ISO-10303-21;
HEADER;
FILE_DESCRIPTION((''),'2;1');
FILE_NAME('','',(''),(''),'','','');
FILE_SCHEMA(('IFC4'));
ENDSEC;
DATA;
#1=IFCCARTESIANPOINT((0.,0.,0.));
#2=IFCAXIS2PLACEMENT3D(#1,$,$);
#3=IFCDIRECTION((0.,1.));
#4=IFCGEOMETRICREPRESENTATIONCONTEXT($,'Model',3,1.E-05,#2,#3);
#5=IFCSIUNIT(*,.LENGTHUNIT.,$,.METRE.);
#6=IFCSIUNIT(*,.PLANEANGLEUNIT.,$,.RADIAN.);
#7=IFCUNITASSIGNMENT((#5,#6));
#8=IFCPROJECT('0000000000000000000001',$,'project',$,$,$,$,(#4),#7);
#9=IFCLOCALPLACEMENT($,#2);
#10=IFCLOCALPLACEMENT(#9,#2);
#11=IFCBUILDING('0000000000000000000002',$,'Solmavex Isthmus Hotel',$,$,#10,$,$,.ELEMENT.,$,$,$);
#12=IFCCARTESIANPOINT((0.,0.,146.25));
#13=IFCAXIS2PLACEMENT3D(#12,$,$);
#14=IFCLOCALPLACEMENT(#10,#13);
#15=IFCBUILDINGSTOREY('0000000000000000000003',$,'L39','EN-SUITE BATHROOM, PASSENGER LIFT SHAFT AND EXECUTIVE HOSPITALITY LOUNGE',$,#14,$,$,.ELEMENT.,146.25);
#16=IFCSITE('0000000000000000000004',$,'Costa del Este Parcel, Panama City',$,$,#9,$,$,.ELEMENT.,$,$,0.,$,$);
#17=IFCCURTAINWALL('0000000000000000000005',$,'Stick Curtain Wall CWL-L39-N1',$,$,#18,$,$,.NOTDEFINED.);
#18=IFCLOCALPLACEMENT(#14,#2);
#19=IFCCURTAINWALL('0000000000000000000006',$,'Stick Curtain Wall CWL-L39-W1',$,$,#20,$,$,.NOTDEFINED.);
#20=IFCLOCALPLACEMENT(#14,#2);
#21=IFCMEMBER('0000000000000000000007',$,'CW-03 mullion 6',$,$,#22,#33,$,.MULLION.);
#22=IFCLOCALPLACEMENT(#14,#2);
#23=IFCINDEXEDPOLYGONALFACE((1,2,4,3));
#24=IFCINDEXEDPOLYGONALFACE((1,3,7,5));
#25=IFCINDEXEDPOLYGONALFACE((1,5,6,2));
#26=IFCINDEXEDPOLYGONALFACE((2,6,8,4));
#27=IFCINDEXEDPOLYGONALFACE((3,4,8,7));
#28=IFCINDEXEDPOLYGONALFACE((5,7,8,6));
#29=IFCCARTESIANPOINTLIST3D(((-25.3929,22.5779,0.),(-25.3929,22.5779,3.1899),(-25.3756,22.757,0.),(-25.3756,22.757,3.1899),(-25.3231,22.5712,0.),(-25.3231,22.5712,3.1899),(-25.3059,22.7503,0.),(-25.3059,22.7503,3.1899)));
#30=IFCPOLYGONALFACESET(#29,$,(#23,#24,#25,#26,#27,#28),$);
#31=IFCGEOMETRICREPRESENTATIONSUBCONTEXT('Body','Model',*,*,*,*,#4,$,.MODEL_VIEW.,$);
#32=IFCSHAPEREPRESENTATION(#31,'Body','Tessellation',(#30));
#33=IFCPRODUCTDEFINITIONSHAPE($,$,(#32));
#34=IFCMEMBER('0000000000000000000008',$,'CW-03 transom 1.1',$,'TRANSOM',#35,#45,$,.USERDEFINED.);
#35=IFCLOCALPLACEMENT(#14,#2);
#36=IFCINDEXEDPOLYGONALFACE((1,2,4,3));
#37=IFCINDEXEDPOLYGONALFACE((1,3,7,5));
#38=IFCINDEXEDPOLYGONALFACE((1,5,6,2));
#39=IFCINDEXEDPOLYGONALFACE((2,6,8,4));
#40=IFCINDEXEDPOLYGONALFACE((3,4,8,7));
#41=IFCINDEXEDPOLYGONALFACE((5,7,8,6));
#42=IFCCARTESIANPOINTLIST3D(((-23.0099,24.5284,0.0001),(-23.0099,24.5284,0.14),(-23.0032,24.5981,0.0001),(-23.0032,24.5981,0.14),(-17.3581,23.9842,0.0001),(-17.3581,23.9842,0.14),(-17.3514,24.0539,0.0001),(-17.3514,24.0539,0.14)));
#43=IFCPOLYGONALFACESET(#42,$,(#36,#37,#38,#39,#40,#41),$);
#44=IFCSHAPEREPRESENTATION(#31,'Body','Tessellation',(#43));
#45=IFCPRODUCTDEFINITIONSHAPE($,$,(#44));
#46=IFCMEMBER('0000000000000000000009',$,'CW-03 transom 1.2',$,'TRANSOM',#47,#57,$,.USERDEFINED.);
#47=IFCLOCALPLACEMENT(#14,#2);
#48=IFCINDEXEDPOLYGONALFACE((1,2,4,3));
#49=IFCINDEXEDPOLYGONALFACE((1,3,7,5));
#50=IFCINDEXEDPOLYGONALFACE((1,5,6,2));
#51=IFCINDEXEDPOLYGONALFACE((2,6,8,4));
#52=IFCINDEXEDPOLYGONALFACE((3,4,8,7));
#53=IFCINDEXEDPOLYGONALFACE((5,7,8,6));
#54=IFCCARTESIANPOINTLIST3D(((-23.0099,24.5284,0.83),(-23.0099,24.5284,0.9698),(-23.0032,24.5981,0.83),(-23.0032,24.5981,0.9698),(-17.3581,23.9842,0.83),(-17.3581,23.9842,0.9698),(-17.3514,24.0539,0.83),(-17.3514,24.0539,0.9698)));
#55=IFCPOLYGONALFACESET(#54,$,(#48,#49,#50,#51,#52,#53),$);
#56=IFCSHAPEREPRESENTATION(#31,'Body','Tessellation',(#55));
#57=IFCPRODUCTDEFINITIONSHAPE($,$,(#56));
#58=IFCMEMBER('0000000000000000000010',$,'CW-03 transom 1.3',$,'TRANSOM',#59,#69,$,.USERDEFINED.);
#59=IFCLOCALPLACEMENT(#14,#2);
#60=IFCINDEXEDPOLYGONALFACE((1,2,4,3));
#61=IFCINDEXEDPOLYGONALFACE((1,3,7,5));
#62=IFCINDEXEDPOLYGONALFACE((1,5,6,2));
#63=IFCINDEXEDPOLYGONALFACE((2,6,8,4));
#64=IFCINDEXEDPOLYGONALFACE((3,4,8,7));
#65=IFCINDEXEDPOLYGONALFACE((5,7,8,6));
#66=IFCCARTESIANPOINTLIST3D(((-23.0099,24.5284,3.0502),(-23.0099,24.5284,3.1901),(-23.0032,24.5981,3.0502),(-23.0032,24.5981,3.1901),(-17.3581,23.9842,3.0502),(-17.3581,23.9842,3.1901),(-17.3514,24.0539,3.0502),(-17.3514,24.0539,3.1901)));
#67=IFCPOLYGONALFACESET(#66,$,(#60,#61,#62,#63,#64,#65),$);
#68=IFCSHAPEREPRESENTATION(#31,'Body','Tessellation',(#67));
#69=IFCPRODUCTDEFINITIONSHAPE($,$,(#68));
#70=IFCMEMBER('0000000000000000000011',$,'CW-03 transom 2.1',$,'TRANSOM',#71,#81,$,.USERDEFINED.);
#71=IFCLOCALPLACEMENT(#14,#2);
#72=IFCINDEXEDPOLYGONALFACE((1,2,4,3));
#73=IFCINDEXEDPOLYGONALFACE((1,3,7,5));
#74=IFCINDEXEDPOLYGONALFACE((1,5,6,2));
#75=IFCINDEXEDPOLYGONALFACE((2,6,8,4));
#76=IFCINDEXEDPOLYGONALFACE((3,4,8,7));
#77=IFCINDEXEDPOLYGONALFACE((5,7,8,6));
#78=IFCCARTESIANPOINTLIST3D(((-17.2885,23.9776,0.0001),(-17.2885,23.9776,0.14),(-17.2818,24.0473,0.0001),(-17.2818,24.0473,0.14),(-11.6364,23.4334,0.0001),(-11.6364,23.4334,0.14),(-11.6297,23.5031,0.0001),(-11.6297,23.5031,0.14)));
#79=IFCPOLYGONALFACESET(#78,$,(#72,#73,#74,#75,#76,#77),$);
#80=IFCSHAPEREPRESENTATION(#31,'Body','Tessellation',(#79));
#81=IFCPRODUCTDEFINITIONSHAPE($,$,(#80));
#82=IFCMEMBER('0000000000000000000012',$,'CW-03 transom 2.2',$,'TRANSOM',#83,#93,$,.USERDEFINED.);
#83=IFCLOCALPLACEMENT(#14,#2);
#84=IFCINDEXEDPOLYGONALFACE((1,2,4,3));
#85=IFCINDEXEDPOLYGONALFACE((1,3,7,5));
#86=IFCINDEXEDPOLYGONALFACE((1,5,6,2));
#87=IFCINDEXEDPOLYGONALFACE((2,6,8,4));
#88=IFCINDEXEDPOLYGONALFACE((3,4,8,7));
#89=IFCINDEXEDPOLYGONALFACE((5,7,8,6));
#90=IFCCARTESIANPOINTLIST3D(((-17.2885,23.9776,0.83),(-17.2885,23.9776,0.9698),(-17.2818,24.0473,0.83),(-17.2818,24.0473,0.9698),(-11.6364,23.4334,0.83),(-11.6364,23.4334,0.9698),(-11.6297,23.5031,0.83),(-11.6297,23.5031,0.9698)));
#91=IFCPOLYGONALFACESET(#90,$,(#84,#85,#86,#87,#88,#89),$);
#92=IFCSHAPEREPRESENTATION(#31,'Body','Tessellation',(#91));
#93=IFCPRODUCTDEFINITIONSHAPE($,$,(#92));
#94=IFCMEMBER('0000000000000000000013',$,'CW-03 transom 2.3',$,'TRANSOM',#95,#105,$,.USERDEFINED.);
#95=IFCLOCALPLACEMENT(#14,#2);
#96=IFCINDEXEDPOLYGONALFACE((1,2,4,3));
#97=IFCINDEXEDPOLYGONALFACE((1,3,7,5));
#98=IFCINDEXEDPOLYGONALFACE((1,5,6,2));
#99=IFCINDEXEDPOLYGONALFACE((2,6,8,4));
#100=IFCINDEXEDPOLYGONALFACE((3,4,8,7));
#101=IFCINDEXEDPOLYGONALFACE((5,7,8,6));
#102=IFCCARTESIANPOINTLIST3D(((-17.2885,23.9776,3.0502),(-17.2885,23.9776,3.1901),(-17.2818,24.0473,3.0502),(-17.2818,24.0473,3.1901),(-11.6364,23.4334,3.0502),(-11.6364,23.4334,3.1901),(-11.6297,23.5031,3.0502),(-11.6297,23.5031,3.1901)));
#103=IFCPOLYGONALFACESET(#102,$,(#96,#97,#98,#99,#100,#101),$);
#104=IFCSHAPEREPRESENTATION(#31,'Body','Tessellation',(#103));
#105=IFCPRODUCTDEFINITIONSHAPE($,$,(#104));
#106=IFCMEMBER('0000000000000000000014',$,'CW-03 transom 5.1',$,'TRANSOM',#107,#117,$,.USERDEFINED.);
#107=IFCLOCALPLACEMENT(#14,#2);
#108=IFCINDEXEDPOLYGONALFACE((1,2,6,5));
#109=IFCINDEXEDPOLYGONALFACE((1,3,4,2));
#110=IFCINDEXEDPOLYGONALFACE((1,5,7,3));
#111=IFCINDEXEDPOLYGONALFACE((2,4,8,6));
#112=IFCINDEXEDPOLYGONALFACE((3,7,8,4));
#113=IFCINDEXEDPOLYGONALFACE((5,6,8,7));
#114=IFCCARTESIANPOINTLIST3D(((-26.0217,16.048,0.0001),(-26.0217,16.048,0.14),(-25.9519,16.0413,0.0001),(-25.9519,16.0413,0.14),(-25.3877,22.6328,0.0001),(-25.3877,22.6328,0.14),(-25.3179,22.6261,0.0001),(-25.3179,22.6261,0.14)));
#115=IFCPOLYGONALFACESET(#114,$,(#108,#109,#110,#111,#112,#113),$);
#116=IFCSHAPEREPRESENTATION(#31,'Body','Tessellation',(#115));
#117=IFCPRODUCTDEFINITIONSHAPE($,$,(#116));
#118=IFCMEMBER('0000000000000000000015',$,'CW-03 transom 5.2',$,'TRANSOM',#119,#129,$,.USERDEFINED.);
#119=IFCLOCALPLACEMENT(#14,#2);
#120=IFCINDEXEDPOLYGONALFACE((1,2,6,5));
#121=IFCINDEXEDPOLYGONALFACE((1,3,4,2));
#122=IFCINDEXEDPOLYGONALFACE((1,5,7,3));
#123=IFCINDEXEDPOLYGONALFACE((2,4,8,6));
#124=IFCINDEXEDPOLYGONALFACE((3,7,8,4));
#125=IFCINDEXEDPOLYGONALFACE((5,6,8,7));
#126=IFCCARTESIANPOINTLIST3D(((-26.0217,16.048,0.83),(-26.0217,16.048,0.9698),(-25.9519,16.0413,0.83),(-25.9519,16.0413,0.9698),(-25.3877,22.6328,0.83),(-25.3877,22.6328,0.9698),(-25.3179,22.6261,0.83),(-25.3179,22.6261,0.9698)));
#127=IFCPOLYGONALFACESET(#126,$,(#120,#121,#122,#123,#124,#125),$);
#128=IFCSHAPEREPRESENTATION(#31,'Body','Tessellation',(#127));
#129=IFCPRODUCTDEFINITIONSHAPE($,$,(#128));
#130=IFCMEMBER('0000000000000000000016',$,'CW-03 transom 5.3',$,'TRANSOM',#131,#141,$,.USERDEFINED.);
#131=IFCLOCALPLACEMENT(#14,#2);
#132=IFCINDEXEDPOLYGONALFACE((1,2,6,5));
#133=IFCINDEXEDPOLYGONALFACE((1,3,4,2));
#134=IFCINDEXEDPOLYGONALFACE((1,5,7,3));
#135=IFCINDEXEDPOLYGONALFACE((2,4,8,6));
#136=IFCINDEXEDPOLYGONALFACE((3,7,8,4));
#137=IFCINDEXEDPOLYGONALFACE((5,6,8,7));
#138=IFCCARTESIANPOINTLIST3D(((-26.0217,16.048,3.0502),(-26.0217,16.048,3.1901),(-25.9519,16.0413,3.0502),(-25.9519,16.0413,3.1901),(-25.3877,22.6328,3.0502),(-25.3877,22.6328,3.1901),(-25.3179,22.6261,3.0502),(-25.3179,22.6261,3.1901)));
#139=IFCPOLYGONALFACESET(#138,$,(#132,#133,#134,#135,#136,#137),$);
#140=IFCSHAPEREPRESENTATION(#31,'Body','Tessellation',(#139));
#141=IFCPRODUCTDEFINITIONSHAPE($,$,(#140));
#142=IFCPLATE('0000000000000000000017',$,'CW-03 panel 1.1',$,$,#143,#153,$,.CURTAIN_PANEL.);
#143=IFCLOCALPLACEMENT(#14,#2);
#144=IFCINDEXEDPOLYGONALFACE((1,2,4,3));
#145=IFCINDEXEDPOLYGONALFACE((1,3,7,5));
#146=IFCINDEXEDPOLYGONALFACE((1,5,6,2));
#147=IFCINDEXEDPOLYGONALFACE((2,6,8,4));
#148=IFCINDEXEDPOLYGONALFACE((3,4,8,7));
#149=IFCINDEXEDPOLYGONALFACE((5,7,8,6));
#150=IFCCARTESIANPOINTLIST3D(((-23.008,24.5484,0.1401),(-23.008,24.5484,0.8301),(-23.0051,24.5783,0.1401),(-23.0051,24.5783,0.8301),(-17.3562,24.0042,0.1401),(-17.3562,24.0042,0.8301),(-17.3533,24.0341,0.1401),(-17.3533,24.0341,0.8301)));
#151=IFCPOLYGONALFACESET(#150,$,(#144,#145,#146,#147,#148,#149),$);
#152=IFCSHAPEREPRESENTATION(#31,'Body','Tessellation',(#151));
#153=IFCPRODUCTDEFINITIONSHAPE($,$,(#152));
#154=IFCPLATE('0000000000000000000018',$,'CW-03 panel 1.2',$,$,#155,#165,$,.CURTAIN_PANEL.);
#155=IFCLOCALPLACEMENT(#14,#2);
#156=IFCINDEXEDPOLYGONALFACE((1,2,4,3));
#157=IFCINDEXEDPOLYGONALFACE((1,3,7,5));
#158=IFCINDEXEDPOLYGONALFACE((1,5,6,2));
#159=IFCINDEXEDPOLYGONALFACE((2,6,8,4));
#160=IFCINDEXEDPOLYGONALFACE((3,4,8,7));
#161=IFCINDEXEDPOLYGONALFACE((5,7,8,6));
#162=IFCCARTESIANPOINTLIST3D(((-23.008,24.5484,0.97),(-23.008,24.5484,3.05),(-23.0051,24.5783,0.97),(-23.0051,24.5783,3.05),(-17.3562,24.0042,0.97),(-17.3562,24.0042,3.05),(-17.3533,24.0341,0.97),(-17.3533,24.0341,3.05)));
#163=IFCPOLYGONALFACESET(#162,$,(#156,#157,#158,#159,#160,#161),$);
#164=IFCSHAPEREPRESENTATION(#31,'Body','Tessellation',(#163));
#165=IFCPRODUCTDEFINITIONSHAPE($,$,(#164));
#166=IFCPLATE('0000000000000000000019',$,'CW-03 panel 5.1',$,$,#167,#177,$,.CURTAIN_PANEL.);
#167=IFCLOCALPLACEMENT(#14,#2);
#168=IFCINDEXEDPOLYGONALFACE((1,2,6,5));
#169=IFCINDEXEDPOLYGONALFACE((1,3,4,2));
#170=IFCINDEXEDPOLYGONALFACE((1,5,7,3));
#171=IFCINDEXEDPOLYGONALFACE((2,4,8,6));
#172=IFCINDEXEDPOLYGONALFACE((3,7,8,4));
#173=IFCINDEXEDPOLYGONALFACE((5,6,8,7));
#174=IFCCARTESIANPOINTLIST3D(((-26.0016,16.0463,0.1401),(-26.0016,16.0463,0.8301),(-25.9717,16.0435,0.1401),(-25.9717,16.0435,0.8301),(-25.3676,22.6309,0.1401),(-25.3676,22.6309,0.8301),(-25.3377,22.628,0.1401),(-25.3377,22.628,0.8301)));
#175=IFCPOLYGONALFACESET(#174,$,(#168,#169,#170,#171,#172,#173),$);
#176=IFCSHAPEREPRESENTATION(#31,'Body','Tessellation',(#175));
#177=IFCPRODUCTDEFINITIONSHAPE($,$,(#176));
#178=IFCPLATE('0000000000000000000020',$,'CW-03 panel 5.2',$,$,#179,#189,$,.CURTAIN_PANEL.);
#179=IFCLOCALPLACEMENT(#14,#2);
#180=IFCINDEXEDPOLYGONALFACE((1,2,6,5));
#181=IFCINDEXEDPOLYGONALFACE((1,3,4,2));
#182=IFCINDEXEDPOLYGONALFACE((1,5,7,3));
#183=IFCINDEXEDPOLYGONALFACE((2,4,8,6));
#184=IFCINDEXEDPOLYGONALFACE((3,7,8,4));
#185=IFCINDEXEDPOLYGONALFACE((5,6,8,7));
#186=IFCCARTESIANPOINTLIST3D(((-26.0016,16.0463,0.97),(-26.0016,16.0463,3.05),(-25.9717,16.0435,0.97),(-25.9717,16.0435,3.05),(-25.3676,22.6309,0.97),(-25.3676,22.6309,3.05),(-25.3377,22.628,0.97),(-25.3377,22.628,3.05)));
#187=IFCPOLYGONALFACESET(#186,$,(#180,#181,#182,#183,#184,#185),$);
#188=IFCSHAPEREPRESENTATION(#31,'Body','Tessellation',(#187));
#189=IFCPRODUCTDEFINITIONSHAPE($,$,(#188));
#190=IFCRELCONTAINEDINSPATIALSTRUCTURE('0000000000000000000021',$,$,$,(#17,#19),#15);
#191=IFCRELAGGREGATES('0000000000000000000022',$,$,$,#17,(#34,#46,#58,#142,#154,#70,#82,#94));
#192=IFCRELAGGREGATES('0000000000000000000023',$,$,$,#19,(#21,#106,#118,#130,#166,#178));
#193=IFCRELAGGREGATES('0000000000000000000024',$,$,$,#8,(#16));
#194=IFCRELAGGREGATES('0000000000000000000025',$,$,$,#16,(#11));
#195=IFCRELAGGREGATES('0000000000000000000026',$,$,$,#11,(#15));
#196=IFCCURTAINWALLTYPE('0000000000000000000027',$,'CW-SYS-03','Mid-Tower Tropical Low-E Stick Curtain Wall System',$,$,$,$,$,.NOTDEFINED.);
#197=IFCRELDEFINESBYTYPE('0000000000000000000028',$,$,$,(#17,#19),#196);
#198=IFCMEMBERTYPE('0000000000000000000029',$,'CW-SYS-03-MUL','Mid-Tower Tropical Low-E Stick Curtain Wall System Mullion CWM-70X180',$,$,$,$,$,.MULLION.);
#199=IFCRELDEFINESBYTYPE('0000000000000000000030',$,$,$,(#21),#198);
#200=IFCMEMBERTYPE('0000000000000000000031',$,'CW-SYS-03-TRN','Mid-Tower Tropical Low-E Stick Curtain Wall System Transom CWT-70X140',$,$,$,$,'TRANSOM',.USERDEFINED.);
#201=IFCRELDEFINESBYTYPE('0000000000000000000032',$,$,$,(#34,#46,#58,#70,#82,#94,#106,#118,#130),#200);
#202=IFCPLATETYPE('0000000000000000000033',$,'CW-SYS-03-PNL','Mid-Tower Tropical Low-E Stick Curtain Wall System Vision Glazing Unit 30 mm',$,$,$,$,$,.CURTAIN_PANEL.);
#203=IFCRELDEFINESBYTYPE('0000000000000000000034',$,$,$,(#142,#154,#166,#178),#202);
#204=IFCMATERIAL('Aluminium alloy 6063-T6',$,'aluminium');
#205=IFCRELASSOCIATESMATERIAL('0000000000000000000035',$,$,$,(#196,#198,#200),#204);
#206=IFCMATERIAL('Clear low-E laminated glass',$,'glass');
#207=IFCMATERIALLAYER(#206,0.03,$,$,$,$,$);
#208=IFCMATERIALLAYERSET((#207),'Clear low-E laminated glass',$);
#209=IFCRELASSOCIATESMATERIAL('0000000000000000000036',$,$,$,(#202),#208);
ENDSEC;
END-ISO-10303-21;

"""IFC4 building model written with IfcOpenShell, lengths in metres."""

from ifc_helpers import new_model, si_unit, direction, frame, origin, origin_2d, place, context, subcontext, project, spatial, rectangle, extrude, material, layer, layer_set, material_profile, profile_set, type_object, element, aggregate, save


model = new_model("IFC4")

# Units and contexts
model_context = context("Model", 3, precision=1e-05, world=origin(), true_north=direction((0.0, 1.0)))
body_context = subcontext(model_context, "Body", "Model", "MODEL_VIEW")
ifc_project = project(units=[si_unit("LENGTHUNIT", "METRE"), si_unit("PLANEANGLEUNIT", "RADIAN")], contexts=[model_context])

# Site, building, storey
site_placement = place(None, origin())
site = spatial("IfcSite", under=ifc_project, at=site_placement, Name="Costa del Este Parcel, Panama City", CompositionType="ELEMENT", RefElevation=0.0)
building_placement = place(site_placement, origin())
building = spatial("IfcBuilding", under=site, at=building_placement, Name="Solmavex Isthmus Hotel", CompositionType="ELEMENT")
storey_placement = place(building_placement, frame((0.0, 0.0, 146.25)))
storey = spatial("IfcBuildingStorey", under=building, at=storey_placement, Name="L39", Description="EN-SUITE BATHROOM, PASSENGER LIFT SHAFT AND EXECUTIVE HOSPITALITY LOUNGE", CompositionType="ELEMENT", Elevation=146.25)

# Curtain walls, member
ifc_material_1 = material(Name="Aluminium alloy 6063-T6", Category="aluminium")
curtain_wall_type = type_object("IfcCurtainWallType", Name="CW-SYS-03", Description="Mid-Tower Tropical Low-E Stick Curtain Wall System", PredefinedType="NOTDEFINED", material=ifc_material_1)
curtain_wall_1_placement = place(storey_placement, origin())
curtain_wall_1 = element("IfcCurtainWall", 1, at=curtain_wall_1_placement, inside=storey, type_object=curtain_wall_type, Name="Stick Curtain Wall CWL-L39-N1", PredefinedType="NOTDEFINED")
ifc_material_profile_1 = material_profile(ifc_material_1, rectangle(XDim=0.0701, YDim=0.1799, at=origin_2d()), Name="CWM-70X180")
ifc_profile_set_1 = profile_set([ifc_material_profile_1], Name="Aluminium alloy 6063-T6")
member_type_1 = type_object("IfcMemberType", Name="CW-SYS-03-MUL", Description="Mid-Tower Tropical Low-E Stick Curtain Wall System Mullion CWM-70X180", PredefinedType="MULLION", material=ifc_profile_set_1)
curtain_wall_2_placement = place(storey_placement, origin())
curtain_wall_2 = element("IfcCurtainWall", 2, at=curtain_wall_2_placement, inside=storey, type_object=curtain_wall_type, Name="Stick Curtain Wall CWL-L39-W1", PredefinedType="NOTDEFINED")
member_1_placement = place(storey_placement, frame((-25.3494, 22.6641, 0.0), z_axis=(0.0, 0.0, 1.0), x_axis=(-0.995396, 0.095846, 0.0)))
member_1 = element("IfcMember", 3, at=member_1_placement, type_object=member_type_1, Name="CW-03 mullion 6", PredefinedType="MULLION", context=body_context, shape_type="SweptSolid", body=[
    extrude(rectangle(XDim=0.0701, YDim=0.1799, at=origin_2d()), origin(), (0.0, 0.0, 1.0), 3.1899),
])

# Members
ifc_material_profile_2 = material_profile(ifc_material_1, rectangle(XDim=0.0701, YDim=0.1399, at=origin_2d()), Name="CWT-70X140")
ifc_profile_set_2 = profile_set([ifc_material_profile_2], Name="Aluminium alloy 6063-T6")
member_type_2 = type_object("IfcMemberType", Name="CW-SYS-03-TRN", Description="Mid-Tower Tropical Low-E Stick Curtain Wall System Transom CWT-70X140", ElementType="TRANSOM", PredefinedType="USERDEFINED", material=ifc_profile_set_2)
member_2_placement = place(storey_placement, frame((-23.0066, 24.5632, 0.0701), z_axis=(0.995397, -0.095842, 0.0), x_axis=(0.095842, 0.995397, 0.0)))
member_2 = element("IfcMember", 4, at=member_2_placement, type_object=member_type_2, Name="CW-03 transom 1.1", ObjectType="TRANSOM", PredefinedType="USERDEFINED", context=body_context, shape_type="SweptSolid", body=[
    extrude(rectangle(XDim=0.0701, YDim=0.1399, at=origin_2d()), origin(), (0.0, 0.0, 1.0), 5.678),
])
member_3_placement = place(storey_placement, frame((-23.0066, 24.5632, 0.8999), z_axis=(0.995397, -0.095842, 0.0), x_axis=(0.095842, 0.995397, 0.0)))
member_3 = element("IfcMember", 5, at=member_3_placement, type_object=member_type_2, Name="CW-03 transom 1.2", ObjectType="TRANSOM", PredefinedType="USERDEFINED", context=body_context, shape_type="SweptSolid", body=[
    extrude(rectangle(XDim=0.0701, YDim=0.1399, at=origin_2d()), origin(), (0.0, 0.0, 1.0), 5.678),
])
member_4_placement = place(storey_placement, frame((-23.0066, 24.5632, 3.1201), z_axis=(0.995397, -0.095842, 0.0), x_axis=(0.095842, 0.995397, 0.0)))
member_4 = element("IfcMember", 6, at=member_4_placement, type_object=member_type_2, Name="CW-03 transom 1.3", ObjectType="TRANSOM", PredefinedType="USERDEFINED", context=body_context, shape_type="SweptSolid", body=[
    extrude(rectangle(XDim=0.0701, YDim=0.1399, at=origin_2d()), origin(), (0.0, 0.0, 1.0), 5.678),
])
member_5_placement = place(storey_placement, frame((-17.2852, 24.0125, 0.0701), z_axis=(0.995397, -0.095838, 0.0), x_axis=(0.095838, 0.995397, 0.0)))
member_5 = element("IfcMember", 7, at=member_5_placement, type_object=member_type_2, Name="CW-03 transom 2.1", ObjectType="TRANSOM", PredefinedType="USERDEFINED", context=body_context, shape_type="SweptSolid", body=[
    extrude(rectangle(XDim=0.0701, YDim=0.1399, at=origin_2d()), origin(), (0.0, 0.0, 1.0), 5.6782),
])
member_6_placement = place(storey_placement, frame((-17.2852, 24.0125, 0.8999), z_axis=(0.995397, -0.095838, 0.0), x_axis=(0.095838, 0.995397, 0.0)))
member_6 = element("IfcMember", 8, at=member_6_placement, type_object=member_type_2, Name="CW-03 transom 2.2", ObjectType="TRANSOM", PredefinedType="USERDEFINED", context=body_context, shape_type="SweptSolid", body=[
    extrude(rectangle(XDim=0.0701, YDim=0.1399, at=origin_2d()), origin(), (0.0, 0.0, 1.0), 5.6782),
])
member_7_placement = place(storey_placement, frame((-17.2852, 24.0125, 3.1201), z_axis=(0.995397, -0.095838, 0.0), x_axis=(0.095838, 0.995397, 0.0)))
member_7 = element("IfcMember", 9, at=member_7_placement, type_object=member_type_2, Name="CW-03 transom 2.3", ObjectType="TRANSOM", PredefinedType="USERDEFINED", context=body_context, shape_type="SweptSolid", body=[
    extrude(rectangle(XDim=0.0701, YDim=0.1399, at=origin_2d()), origin(), (0.0, 0.0, 1.0), 5.6782),
])
member_8_placement = place(storey_placement, frame((-25.9868, 16.0447, 0.0701), z_axis=(0.095845, 0.995396, 0.0), x_axis=(-0.995396, 0.095845, 0.0)))
member_8 = element("IfcMember", 10, at=member_8_placement, type_object=member_type_2, Name="CW-03 transom 5.1", ObjectType="TRANSOM", PredefinedType="USERDEFINED", context=body_context, shape_type="SweptSolid", body=[
    extrude(rectangle(XDim=0.0701, YDim=0.1399, at=origin_2d()), origin(), (0.0, 0.0, 1.0), 6.6152),
])
member_9_placement = place(storey_placement, frame((-25.9868, 16.0447, 0.8999), z_axis=(0.095845, 0.995396, 0.0), x_axis=(-0.995396, 0.095845, 0.0)))
member_9 = element("IfcMember", 11, at=member_9_placement, type_object=member_type_2, Name="CW-03 transom 5.2", ObjectType="TRANSOM", PredefinedType="USERDEFINED", context=body_context, shape_type="SweptSolid", body=[
    extrude(rectangle(XDim=0.0701, YDim=0.1399, at=origin_2d()), origin(), (0.0, 0.0, 1.0), 6.6152),
])
member_10_placement = place(storey_placement, frame((-25.9868, 16.0447, 3.1201), z_axis=(0.095845, 0.995396, 0.0), x_axis=(-0.995396, 0.095845, 0.0)))
member_10 = element("IfcMember", 12, at=member_10_placement, type_object=member_type_2, Name="CW-03 transom 5.3", ObjectType="TRANSOM", PredefinedType="USERDEFINED", context=body_context, shape_type="SweptSolid", body=[
    extrude(rectangle(XDim=0.0701, YDim=0.1399, at=origin_2d()), origin(), (0.0, 0.0, 1.0), 6.6152),
])

# Plates
ifc_material_2 = material(Name="Clear low-E laminated glass", Category="glass")
ifc_layer_1 = layer(ifc_material_2, 0.03)
ifc_layer_set_1 = layer_set([ifc_layer_1], Name="Clear low-E laminated glass")
plate_type = type_object("IfcPlateType", Name="CW-SYS-03-PNL", Description="Mid-Tower Tropical Low-E Stick Curtain Wall System Vision Glazing Unit 30 mm", PredefinedType="CURTAIN_PANEL", material=ifc_layer_set_1)
plate_1_placement = place(storey_placement, frame((-20.1807, 24.2913, 0.1401), z_axis=(0.0, 0.0, 1.0), x_axis=(0.995396, -0.095846, 0.0)))
plate_1 = element("IfcPlate", 13, at=plate_1_placement, type_object=plate_type, Name="CW-03 panel 1.1", PredefinedType="CURTAIN_PANEL", context=body_context, shape_type="SweptSolid", body=[
    extrude(rectangle(XDim=5.678, YDim=0.03, at=origin_2d()), origin(), (0.0, 0.0, 1.0), 0.6899),
])
plate_2_placement = place(storey_placement, frame((-20.1807, 24.2913, 0.97), z_axis=(0.0, 0.0, 1.0), x_axis=(0.995396, -0.095846, 0.0)))
plate_2 = element("IfcPlate", 14, at=plate_2_placement, type_object=plate_type, Name="CW-03 panel 1.2", PredefinedType="CURTAIN_PANEL", context=body_context, shape_type="SweptSolid", body=[
    extrude(rectangle(XDim=5.678, YDim=0.03, at=origin_2d()), origin(), (0.0, 0.0, 1.0), 2.0801),
])
aggregate(curtain_wall_1, [member_2, member_3, member_4, plate_1, plate_2, member_5, member_6, member_7])
plate_3_placement = place(storey_placement, frame((-25.6697, 19.3372, 0.1401), z_axis=(0.0, 0.0, 1.0), x_axis=(0.095846, 0.995396, 0.0)))
plate_3 = element("IfcPlate", 15, at=plate_3_placement, type_object=plate_type, Name="CW-03 panel 5.1", PredefinedType="CURTAIN_PANEL", context=body_context, shape_type="SweptSolid", body=[
    extrude(rectangle(XDim=6.615, YDim=0.03, at=origin_2d()), origin(), (0.0, 0.0, 1.0), 0.6899),
])
plate_4_placement = place(storey_placement, frame((-25.6697, 19.3372, 0.97), z_axis=(0.0, 0.0, 1.0), x_axis=(0.095846, 0.995396, 0.0)))
plate_4 = element("IfcPlate", 16, at=plate_4_placement, type_object=plate_type, Name="CW-03 panel 5.2", PredefinedType="CURTAIN_PANEL", context=body_context, shape_type="SweptSolid", body=[
    extrude(rectangle(XDim=6.615, YDim=0.03, at=origin_2d()), origin(), (0.0, 0.0, 1.0), 2.0801),
])
aggregate(curtain_wall_2, [member_1, member_8, member_9, member_10, plate_3, plate_4])

save(model, "model.ifc")
